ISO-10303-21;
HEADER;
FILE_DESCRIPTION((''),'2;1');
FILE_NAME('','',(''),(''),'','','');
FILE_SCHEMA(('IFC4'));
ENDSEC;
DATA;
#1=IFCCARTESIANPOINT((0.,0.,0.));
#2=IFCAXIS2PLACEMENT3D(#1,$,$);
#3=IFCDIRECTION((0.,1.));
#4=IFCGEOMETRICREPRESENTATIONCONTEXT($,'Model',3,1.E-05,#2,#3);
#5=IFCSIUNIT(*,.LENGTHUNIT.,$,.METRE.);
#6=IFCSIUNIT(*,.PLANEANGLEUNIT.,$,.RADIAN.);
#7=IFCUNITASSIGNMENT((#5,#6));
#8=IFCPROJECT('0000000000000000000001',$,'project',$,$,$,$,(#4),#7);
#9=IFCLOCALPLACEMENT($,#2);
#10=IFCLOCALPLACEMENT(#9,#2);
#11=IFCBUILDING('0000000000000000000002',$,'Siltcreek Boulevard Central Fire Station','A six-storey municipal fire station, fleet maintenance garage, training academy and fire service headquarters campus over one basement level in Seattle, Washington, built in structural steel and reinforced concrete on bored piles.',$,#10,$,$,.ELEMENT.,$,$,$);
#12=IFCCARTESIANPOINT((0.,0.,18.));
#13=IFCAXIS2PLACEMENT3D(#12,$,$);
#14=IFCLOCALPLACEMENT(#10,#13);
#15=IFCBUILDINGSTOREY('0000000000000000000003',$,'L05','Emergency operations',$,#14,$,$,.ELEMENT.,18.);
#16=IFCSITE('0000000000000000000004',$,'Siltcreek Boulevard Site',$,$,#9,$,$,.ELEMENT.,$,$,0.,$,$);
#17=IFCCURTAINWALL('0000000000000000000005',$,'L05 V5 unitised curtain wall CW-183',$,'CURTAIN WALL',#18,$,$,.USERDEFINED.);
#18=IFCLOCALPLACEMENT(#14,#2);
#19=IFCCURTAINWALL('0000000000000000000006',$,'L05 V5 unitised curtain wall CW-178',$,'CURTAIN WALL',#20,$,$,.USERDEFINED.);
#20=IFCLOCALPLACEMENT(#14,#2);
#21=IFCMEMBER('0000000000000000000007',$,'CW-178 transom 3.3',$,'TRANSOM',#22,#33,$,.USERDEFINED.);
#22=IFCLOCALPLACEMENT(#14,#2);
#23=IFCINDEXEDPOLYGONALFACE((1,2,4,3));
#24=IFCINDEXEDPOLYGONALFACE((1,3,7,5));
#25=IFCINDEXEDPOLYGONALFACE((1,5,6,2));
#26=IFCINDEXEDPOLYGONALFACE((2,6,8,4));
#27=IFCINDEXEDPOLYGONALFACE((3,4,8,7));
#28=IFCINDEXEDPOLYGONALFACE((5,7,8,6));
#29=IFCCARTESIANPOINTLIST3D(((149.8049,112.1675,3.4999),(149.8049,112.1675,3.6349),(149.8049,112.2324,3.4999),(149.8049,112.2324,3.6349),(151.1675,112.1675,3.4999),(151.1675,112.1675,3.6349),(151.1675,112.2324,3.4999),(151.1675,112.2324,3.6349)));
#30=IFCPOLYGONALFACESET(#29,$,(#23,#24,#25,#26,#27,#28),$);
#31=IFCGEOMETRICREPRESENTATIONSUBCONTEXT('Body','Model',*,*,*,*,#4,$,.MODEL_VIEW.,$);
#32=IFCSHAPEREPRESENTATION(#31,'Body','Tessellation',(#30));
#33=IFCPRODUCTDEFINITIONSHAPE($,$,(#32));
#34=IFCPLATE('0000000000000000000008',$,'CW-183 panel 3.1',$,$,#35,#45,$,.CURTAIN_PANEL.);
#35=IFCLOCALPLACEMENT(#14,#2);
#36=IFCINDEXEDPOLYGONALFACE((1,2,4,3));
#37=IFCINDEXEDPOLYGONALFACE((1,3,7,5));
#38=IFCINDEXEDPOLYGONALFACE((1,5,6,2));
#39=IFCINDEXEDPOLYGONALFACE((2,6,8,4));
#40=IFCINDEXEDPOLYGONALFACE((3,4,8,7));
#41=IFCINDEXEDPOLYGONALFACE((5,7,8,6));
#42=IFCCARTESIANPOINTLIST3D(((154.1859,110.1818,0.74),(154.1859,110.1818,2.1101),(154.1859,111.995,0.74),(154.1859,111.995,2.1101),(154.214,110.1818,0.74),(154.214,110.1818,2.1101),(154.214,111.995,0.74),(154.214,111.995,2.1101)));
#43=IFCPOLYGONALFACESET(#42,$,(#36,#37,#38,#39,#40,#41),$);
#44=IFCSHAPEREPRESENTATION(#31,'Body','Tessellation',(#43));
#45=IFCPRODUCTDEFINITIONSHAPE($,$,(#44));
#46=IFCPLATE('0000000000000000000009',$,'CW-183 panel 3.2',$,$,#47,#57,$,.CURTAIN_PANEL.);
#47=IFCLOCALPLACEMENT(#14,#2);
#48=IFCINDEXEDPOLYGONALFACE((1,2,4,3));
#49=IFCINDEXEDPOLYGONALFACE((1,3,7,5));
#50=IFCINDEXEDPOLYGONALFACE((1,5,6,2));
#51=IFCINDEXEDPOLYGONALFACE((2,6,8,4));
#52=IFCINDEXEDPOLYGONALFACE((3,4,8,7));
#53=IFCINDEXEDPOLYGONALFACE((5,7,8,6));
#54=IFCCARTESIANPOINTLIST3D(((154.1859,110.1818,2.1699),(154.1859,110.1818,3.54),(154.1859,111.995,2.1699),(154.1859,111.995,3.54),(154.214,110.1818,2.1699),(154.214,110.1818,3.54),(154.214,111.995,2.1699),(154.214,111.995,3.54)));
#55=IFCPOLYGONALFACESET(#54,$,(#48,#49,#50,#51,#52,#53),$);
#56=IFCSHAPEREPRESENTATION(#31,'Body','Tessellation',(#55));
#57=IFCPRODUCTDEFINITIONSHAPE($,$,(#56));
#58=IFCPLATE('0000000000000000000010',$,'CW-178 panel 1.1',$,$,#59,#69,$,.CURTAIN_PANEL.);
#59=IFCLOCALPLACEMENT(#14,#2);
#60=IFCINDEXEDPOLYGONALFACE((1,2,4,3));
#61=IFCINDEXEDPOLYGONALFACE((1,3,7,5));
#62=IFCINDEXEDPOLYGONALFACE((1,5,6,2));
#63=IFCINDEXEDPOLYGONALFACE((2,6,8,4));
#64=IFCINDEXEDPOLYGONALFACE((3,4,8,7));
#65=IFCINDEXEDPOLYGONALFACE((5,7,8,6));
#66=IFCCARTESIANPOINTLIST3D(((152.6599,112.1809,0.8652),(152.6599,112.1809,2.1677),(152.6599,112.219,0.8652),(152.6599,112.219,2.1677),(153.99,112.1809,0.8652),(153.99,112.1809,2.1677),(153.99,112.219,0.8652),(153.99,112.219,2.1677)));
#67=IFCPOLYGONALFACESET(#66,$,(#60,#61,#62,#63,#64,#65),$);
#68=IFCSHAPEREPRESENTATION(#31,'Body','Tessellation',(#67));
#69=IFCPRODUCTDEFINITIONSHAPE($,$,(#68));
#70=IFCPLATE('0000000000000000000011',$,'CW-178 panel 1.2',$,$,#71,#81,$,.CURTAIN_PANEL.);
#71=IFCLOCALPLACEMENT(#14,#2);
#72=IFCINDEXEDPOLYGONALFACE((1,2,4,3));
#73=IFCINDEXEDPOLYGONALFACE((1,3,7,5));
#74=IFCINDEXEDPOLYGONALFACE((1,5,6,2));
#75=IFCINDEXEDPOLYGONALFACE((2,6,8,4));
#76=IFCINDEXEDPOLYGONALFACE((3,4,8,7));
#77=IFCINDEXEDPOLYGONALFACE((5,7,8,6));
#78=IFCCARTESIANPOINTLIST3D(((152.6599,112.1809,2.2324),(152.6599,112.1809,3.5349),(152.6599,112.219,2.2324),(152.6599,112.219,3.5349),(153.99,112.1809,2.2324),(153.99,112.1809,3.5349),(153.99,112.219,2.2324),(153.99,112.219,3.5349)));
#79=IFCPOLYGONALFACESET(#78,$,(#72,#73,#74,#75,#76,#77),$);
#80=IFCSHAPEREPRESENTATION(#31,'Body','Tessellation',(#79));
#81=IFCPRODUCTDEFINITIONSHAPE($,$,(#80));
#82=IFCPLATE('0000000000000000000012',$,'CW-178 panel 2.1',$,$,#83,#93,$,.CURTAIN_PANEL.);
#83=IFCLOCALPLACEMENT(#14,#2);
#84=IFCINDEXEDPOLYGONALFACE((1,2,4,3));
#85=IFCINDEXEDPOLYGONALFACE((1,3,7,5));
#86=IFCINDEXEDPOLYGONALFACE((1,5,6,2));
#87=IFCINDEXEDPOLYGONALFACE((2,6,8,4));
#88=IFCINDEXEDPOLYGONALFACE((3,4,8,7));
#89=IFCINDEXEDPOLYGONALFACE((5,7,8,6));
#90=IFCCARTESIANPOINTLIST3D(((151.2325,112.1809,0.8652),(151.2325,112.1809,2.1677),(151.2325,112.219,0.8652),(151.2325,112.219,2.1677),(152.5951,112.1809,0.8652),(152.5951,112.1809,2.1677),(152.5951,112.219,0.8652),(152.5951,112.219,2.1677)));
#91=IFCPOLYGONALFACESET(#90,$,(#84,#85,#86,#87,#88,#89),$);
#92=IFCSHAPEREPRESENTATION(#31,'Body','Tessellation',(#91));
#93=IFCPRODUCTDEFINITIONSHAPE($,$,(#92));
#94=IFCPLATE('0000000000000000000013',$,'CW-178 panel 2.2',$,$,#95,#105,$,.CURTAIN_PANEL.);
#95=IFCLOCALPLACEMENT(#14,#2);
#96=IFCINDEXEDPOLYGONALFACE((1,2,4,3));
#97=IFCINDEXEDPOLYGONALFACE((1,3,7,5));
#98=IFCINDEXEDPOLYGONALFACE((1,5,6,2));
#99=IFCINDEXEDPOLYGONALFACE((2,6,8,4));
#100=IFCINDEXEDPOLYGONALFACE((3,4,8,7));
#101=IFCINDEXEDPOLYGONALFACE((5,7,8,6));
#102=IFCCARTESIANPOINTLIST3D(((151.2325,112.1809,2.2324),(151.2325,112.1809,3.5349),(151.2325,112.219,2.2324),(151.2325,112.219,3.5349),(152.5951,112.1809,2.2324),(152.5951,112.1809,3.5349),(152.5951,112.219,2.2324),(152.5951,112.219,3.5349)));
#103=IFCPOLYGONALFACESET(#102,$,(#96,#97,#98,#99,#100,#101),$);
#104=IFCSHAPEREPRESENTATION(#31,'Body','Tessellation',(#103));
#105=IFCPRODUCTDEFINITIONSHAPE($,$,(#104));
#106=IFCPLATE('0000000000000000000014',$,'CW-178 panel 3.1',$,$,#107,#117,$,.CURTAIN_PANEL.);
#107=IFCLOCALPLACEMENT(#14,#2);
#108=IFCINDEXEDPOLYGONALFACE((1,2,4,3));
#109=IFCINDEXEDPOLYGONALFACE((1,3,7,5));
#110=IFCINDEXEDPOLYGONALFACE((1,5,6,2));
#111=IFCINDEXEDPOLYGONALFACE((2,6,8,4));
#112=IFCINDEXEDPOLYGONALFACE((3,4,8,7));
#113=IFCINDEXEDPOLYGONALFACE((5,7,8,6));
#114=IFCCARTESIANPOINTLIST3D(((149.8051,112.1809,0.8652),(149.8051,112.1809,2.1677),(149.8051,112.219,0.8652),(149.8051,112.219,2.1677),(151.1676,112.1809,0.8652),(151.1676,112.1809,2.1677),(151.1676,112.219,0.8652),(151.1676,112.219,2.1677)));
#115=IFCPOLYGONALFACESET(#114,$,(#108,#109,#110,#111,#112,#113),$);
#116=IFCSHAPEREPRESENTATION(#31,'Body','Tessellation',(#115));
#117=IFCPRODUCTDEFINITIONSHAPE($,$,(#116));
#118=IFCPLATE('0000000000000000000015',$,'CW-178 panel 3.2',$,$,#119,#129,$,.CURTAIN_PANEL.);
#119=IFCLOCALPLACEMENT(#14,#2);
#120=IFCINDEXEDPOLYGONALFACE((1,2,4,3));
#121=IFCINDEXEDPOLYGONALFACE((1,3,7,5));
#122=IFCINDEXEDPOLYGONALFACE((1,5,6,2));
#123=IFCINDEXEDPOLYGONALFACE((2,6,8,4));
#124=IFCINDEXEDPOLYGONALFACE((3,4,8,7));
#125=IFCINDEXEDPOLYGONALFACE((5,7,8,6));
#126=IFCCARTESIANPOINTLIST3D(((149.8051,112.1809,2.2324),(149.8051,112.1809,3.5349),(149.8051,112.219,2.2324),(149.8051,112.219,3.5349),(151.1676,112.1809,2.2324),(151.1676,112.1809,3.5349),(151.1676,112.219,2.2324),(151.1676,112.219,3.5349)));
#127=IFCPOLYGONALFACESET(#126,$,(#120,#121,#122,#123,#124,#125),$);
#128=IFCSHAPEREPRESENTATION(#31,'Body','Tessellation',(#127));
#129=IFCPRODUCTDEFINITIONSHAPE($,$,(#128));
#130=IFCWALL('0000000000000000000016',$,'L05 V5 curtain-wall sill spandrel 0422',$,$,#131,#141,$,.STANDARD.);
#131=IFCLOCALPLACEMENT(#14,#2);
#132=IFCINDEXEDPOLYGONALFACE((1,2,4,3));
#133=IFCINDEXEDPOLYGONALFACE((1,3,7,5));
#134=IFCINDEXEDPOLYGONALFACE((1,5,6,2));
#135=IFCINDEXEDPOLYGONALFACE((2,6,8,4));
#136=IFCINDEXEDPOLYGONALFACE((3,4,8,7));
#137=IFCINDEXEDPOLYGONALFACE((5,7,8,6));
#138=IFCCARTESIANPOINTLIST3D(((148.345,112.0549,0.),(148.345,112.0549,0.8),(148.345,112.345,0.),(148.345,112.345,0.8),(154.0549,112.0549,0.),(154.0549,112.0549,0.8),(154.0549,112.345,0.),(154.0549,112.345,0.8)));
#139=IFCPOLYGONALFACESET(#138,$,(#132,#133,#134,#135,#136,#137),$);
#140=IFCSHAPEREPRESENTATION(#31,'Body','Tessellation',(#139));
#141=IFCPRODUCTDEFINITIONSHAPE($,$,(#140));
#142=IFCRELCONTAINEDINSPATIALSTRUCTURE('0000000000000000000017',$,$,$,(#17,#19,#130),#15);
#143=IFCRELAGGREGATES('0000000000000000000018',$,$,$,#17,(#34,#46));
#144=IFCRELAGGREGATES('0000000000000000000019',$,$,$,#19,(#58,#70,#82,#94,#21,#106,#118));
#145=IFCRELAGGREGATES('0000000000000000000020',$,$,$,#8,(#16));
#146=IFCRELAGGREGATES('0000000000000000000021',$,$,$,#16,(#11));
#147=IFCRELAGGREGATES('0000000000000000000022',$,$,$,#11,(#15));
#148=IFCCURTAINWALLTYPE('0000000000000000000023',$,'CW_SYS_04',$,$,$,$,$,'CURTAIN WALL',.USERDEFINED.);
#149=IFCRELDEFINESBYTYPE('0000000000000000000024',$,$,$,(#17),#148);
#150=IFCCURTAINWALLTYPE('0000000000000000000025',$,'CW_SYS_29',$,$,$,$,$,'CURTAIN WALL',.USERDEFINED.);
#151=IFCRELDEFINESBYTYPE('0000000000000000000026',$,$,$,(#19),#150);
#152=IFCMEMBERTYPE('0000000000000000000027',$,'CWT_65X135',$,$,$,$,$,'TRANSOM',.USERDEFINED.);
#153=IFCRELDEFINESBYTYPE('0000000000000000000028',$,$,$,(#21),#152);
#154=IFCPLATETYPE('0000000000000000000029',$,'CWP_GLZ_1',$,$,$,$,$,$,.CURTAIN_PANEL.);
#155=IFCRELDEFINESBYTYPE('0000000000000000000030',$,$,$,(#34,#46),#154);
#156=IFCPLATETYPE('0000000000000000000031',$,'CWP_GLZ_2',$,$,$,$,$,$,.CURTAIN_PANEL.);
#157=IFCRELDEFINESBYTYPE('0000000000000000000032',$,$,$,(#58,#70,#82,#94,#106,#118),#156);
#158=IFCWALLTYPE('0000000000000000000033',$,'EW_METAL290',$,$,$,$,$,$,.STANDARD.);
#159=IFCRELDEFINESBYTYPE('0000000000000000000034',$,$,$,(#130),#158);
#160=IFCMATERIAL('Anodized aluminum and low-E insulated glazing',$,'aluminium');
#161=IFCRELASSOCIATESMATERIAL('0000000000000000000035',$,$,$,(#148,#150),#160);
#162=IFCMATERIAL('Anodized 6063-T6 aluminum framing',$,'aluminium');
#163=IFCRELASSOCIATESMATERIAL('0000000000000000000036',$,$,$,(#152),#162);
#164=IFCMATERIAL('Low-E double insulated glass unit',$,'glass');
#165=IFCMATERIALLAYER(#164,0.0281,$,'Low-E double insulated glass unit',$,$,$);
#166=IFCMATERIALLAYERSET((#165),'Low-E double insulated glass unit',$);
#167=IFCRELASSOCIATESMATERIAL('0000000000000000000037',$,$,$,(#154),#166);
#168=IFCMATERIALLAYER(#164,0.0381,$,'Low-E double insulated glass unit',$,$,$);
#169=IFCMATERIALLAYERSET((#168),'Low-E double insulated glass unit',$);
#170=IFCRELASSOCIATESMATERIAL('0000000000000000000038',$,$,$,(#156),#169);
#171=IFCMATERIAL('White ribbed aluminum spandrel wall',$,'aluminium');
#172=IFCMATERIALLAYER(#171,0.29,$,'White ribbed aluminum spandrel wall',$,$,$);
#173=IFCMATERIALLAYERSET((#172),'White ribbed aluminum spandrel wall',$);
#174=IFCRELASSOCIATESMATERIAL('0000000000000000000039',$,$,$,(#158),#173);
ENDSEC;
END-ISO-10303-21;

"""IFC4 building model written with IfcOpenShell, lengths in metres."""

from ifc_helpers import new_model, si_unit, direction, frame, frame_2d, origin, origin_2d, place, context, subcontext, project, spatial, rectangle, extrude, material, layer, layer_set, material_profile, profile_set, type_object, element, aggregate, save


model = new_model("IFC4")

# Units and contexts
model_context = context("Model", 3, precision=1e-05, world=origin(), true_north=direction((0.0, 1.0)))
body_context = subcontext(model_context, "Body", "Model", "MODEL_VIEW")
ifc_project = project(units=[si_unit("LENGTHUNIT", "METRE"), si_unit("PLANEANGLEUNIT", "RADIAN")], contexts=[model_context])

# Site, building, storey
site_placement = place(None, origin())
site = spatial("IfcSite", under=ifc_project, at=site_placement, Name="Siltcreek Boulevard Site", CompositionType="ELEMENT", RefElevation=0.0)
building_placement = place(site_placement, origin())
building = spatial("IfcBuilding", under=site, at=building_placement, Name="Siltcreek Boulevard Central Fire Station", Description="A six-storey municipal fire station, fleet maintenance garage, training academy and fire service headquarters campus over one basement level in Seattle, Washington, built in structural steel and reinforced concrete on bored piles.", CompositionType="ELEMENT")
storey_placement = place(building_placement, frame((0.0, 0.0, 18.0)))
storey = spatial("IfcBuildingStorey", under=building, at=storey_placement, Name="L05", Description="Emergency operations", CompositionType="ELEMENT", Elevation=18.0)

# Curtain wall
ifc_material_1 = material(Name="Anodized aluminum and low-E insulated glazing", Category="aluminium")
curtain_wall_type_1 = type_object("IfcCurtainWallType", Name="CW_SYS_04", ElementType="CURTAIN WALL", PredefinedType="USERDEFINED", material=ifc_material_1)
curtain_wall_1_placement = place(storey_placement, origin())
curtain_wall_1 = element("IfcCurtainWall", 1, at=curtain_wall_1_placement, inside=storey, type_object=curtain_wall_type_1, Name="L05 V5 unitised curtain wall CW-183", ObjectType="CURTAIN WALL", PredefinedType="USERDEFINED")
ifc_material_2 = material(Name="Anodized 6063-T6 aluminum framing", Category="aluminium")

# Curtain wall, member
curtain_wall_type_2 = type_object("IfcCurtainWallType", Name="CW_SYS_29", ElementType="CURTAIN WALL", PredefinedType="USERDEFINED", material=ifc_material_1)
curtain_wall_2_placement = place(storey_placement, origin())
curtain_wall_2 = element("IfcCurtainWall", 2, at=curtain_wall_2_placement, inside=storey, type_object=curtain_wall_type_2, Name="L05 V5 unitised curtain wall CW-178", ObjectType="CURTAIN WALL", PredefinedType="USERDEFINED")
ifc_material_profile_1 = material_profile(ifc_material_2, rectangle(XDim=0.0649, YDim=0.135, at=origin_2d()), Name="TRAN65X135")
ifc_profile_set_1 = profile_set([ifc_material_profile_1], Name="Anodized 6063-T6 aluminum framing")
member_type_1 = type_object("IfcMemberType", Name="CWT_65X135", ElementType="TRANSOM", PredefinedType="USERDEFINED", material=ifc_profile_set_1)
member_1_placement = place(storey_placement, frame((151.1675, 112.2, 3.5674), z_axis=(-1.0, 0.0, 0.0), x_axis=(0.0, -1.0, 0.0)))
member_1 = element("IfcMember", 3, at=member_1_placement, type_object=member_type_1, Name="CW-178 transom 3.3", ObjectType="TRANSOM", PredefinedType="USERDEFINED", context=body_context, shape_type="SweptSolid", body=[
    extrude(rectangle(XDim=0.0649, YDim=0.135, at=origin_2d()), origin(), (0.0, 0.0, 1.0), 1.3625),
])

# Plates
ifc_material_3 = material(Name="Low-E double insulated glass unit", Category="glass")
ifc_layer_1 = layer(ifc_material_3, 0.0281, Name="Low-E double insulated glass unit")
ifc_layer_set_1 = layer_set([ifc_layer_1], Name="Low-E double insulated glass unit")
plate_type_1 = type_object("IfcPlateType", Name="CWP_GLZ_1", PredefinedType="CURTAIN_PANEL", material=ifc_layer_set_1)
plate_1_placement = place(storey_placement, frame((154.2, 111.0884, 0.74), z_axis=(0.0, 0.0, 1.0), x_axis=(0.0, 1.0, 0.0)))
plate_1 = element("IfcPlate", 4, at=plate_1_placement, type_object=plate_type_1, Name="CW-183 panel 3.1", PredefinedType="CURTAIN_PANEL", context=body_context, shape_type="SweptSolid", body=[
    extrude(rectangle(XDim=1.8132, YDim=0.0281, at=origin_2d()), origin(), (0.0, 0.0, 1.0), 1.3701),
])
plate_2_placement = place(storey_placement, frame((154.2, 111.0884, 2.1699), z_axis=(0.0, 0.0, 1.0), x_axis=(0.0, 1.0, 0.0)))
plate_2 = element("IfcPlate", 5, at=plate_2_placement, type_object=plate_type_1, Name="CW-183 panel 3.2", PredefinedType="CURTAIN_PANEL", context=body_context, shape_type="SweptSolid", body=[
    extrude(rectangle(XDim=1.8132, YDim=0.0281, at=origin_2d()), origin(), (0.0, 0.0, 1.0), 1.3701),
])
aggregate(curtain_wall_1, [plate_1, plate_2])
ifc_layer_2 = layer(ifc_material_3, 0.0381, Name="Low-E double insulated glass unit")
ifc_layer_set_2 = layer_set([ifc_layer_2], Name="Low-E double insulated glass unit")
plate_type_2 = type_object("IfcPlateType", Name="CWP_GLZ_2", PredefinedType="CURTAIN_PANEL", material=ifc_layer_set_2)
plate_3_placement = place(storey_placement, frame((153.325, 112.2, 0.8652), z_axis=(0.0, 0.0, 1.0), x_axis=(-1.0, 0.0, 0.0)))
plate_3 = element("IfcPlate", 6, at=plate_3_placement, type_object=plate_type_2, Name="CW-178 panel 1.1", PredefinedType="CURTAIN_PANEL", context=body_context, shape_type="SweptSolid", body=[
    extrude(rectangle(XDim=1.3301, YDim=0.0381, at=origin_2d()), origin(), (0.0, 0.0, 1.0), 1.3025),
])
plate_4_placement = place(storey_placement, frame((153.325, 112.2, 2.2324), z_axis=(0.0, 0.0, 1.0), x_axis=(-1.0, 0.0, 0.0)))
plate_4 = element("IfcPlate", 7, at=plate_4_placement, type_object=plate_type_2, Name="CW-178 panel 1.2", PredefinedType="CURTAIN_PANEL", context=body_context, shape_type="SweptSolid", body=[
    extrude(rectangle(XDim=1.3301, YDim=0.0381, at=origin_2d()), origin(), (0.0, 0.0, 1.0), 1.3025),
])
plate_5_placement = place(storey_placement, frame((151.9138, 112.2, 0.8652), z_axis=(0.0, 0.0, 1.0), x_axis=(-1.0, 0.0, 0.0)))
plate_5 = element("IfcPlate", 8, at=plate_5_placement, type_object=plate_type_2, Name="CW-178 panel 2.1", PredefinedType="CURTAIN_PANEL", context=body_context, shape_type="SweptSolid", body=[
    extrude(rectangle(XDim=1.3625, YDim=0.0381, at=origin_2d()), origin(), (0.0, 0.0, 1.0), 1.3025),
])
plate_6_placement = place(storey_placement, frame((151.9138, 112.2, 2.2324), z_axis=(0.0, 0.0, 1.0), x_axis=(-1.0, 0.0, 0.0)))
plate_6 = element("IfcPlate", 9, at=plate_6_placement, type_object=plate_type_2, Name="CW-178 panel 2.2", PredefinedType="CURTAIN_PANEL", context=body_context, shape_type="SweptSolid", body=[
    extrude(rectangle(XDim=1.3625, YDim=0.0381, at=origin_2d()), origin(), (0.0, 0.0, 1.0), 1.3025),
])
plate_7_placement = place(storey_placement, frame((150.4863, 112.2, 0.8652), z_axis=(0.0, 0.0, 1.0), x_axis=(-1.0, 0.0, 0.0)))
plate_7 = element("IfcPlate", 10, at=plate_7_placement, type_object=plate_type_2, Name="CW-178 panel 3.1", PredefinedType="CURTAIN_PANEL", context=body_context, shape_type="SweptSolid", body=[
    extrude(rectangle(XDim=1.3625, YDim=0.0381, at=origin_2d()), origin(), (0.0, 0.0, 1.0), 1.3025),
])
plate_8_placement = place(storey_placement, frame((150.4863, 112.2, 2.2324), z_axis=(0.0, 0.0, 1.0), x_axis=(-1.0, 0.0, 0.0)))
plate_8 = element("IfcPlate", 11, at=plate_8_placement, type_object=plate_type_2, Name="CW-178 panel 3.2", PredefinedType="CURTAIN_PANEL", context=body_context, shape_type="SweptSolid", body=[
    extrude(rectangle(XDim=1.3625, YDim=0.0381, at=origin_2d()), origin(), (0.0, 0.0, 1.0), 1.3025),
])
aggregate(curtain_wall_2, [plate_3, plate_4, plate_5, plate_6, member_1, plate_7, plate_8])

# Wall
ifc_material_4 = material(Name="White ribbed aluminum spandrel wall", Category="aluminium")
ifc_layer_3 = layer(ifc_material_4, 0.29, Name="White ribbed aluminum spandrel wall")
ifc_layer_set_3 = layer_set([ifc_layer_3], Name="White ribbed aluminum spandrel wall")
wall_type = type_object("IfcWallType", Name="EW_METAL290", PredefinedType="STANDARD", material=ifc_layer_set_3)
wall_placement = place(storey_placement, frame((154.0549, 112.2, 0.0), z_axis=(0.0, 0.0, 1.0), x_axis=(-1.0, 0.0, 0.0)))
element("IfcWall", 12, at=wall_placement, inside=storey, type_object=wall_type, Name="L05 V5 curtain-wall sill spandrel 0422", PredefinedType="STANDARD", context=body_context, shape_type="SweptSolid", body=[
    extrude(rectangle(XDim=5.71, YDim=0.29, at=frame_2d((2.855, 0.0))), origin(), (0.0, 0.0, 1.0), 0.8),
])

save(model, "model.ifc")
